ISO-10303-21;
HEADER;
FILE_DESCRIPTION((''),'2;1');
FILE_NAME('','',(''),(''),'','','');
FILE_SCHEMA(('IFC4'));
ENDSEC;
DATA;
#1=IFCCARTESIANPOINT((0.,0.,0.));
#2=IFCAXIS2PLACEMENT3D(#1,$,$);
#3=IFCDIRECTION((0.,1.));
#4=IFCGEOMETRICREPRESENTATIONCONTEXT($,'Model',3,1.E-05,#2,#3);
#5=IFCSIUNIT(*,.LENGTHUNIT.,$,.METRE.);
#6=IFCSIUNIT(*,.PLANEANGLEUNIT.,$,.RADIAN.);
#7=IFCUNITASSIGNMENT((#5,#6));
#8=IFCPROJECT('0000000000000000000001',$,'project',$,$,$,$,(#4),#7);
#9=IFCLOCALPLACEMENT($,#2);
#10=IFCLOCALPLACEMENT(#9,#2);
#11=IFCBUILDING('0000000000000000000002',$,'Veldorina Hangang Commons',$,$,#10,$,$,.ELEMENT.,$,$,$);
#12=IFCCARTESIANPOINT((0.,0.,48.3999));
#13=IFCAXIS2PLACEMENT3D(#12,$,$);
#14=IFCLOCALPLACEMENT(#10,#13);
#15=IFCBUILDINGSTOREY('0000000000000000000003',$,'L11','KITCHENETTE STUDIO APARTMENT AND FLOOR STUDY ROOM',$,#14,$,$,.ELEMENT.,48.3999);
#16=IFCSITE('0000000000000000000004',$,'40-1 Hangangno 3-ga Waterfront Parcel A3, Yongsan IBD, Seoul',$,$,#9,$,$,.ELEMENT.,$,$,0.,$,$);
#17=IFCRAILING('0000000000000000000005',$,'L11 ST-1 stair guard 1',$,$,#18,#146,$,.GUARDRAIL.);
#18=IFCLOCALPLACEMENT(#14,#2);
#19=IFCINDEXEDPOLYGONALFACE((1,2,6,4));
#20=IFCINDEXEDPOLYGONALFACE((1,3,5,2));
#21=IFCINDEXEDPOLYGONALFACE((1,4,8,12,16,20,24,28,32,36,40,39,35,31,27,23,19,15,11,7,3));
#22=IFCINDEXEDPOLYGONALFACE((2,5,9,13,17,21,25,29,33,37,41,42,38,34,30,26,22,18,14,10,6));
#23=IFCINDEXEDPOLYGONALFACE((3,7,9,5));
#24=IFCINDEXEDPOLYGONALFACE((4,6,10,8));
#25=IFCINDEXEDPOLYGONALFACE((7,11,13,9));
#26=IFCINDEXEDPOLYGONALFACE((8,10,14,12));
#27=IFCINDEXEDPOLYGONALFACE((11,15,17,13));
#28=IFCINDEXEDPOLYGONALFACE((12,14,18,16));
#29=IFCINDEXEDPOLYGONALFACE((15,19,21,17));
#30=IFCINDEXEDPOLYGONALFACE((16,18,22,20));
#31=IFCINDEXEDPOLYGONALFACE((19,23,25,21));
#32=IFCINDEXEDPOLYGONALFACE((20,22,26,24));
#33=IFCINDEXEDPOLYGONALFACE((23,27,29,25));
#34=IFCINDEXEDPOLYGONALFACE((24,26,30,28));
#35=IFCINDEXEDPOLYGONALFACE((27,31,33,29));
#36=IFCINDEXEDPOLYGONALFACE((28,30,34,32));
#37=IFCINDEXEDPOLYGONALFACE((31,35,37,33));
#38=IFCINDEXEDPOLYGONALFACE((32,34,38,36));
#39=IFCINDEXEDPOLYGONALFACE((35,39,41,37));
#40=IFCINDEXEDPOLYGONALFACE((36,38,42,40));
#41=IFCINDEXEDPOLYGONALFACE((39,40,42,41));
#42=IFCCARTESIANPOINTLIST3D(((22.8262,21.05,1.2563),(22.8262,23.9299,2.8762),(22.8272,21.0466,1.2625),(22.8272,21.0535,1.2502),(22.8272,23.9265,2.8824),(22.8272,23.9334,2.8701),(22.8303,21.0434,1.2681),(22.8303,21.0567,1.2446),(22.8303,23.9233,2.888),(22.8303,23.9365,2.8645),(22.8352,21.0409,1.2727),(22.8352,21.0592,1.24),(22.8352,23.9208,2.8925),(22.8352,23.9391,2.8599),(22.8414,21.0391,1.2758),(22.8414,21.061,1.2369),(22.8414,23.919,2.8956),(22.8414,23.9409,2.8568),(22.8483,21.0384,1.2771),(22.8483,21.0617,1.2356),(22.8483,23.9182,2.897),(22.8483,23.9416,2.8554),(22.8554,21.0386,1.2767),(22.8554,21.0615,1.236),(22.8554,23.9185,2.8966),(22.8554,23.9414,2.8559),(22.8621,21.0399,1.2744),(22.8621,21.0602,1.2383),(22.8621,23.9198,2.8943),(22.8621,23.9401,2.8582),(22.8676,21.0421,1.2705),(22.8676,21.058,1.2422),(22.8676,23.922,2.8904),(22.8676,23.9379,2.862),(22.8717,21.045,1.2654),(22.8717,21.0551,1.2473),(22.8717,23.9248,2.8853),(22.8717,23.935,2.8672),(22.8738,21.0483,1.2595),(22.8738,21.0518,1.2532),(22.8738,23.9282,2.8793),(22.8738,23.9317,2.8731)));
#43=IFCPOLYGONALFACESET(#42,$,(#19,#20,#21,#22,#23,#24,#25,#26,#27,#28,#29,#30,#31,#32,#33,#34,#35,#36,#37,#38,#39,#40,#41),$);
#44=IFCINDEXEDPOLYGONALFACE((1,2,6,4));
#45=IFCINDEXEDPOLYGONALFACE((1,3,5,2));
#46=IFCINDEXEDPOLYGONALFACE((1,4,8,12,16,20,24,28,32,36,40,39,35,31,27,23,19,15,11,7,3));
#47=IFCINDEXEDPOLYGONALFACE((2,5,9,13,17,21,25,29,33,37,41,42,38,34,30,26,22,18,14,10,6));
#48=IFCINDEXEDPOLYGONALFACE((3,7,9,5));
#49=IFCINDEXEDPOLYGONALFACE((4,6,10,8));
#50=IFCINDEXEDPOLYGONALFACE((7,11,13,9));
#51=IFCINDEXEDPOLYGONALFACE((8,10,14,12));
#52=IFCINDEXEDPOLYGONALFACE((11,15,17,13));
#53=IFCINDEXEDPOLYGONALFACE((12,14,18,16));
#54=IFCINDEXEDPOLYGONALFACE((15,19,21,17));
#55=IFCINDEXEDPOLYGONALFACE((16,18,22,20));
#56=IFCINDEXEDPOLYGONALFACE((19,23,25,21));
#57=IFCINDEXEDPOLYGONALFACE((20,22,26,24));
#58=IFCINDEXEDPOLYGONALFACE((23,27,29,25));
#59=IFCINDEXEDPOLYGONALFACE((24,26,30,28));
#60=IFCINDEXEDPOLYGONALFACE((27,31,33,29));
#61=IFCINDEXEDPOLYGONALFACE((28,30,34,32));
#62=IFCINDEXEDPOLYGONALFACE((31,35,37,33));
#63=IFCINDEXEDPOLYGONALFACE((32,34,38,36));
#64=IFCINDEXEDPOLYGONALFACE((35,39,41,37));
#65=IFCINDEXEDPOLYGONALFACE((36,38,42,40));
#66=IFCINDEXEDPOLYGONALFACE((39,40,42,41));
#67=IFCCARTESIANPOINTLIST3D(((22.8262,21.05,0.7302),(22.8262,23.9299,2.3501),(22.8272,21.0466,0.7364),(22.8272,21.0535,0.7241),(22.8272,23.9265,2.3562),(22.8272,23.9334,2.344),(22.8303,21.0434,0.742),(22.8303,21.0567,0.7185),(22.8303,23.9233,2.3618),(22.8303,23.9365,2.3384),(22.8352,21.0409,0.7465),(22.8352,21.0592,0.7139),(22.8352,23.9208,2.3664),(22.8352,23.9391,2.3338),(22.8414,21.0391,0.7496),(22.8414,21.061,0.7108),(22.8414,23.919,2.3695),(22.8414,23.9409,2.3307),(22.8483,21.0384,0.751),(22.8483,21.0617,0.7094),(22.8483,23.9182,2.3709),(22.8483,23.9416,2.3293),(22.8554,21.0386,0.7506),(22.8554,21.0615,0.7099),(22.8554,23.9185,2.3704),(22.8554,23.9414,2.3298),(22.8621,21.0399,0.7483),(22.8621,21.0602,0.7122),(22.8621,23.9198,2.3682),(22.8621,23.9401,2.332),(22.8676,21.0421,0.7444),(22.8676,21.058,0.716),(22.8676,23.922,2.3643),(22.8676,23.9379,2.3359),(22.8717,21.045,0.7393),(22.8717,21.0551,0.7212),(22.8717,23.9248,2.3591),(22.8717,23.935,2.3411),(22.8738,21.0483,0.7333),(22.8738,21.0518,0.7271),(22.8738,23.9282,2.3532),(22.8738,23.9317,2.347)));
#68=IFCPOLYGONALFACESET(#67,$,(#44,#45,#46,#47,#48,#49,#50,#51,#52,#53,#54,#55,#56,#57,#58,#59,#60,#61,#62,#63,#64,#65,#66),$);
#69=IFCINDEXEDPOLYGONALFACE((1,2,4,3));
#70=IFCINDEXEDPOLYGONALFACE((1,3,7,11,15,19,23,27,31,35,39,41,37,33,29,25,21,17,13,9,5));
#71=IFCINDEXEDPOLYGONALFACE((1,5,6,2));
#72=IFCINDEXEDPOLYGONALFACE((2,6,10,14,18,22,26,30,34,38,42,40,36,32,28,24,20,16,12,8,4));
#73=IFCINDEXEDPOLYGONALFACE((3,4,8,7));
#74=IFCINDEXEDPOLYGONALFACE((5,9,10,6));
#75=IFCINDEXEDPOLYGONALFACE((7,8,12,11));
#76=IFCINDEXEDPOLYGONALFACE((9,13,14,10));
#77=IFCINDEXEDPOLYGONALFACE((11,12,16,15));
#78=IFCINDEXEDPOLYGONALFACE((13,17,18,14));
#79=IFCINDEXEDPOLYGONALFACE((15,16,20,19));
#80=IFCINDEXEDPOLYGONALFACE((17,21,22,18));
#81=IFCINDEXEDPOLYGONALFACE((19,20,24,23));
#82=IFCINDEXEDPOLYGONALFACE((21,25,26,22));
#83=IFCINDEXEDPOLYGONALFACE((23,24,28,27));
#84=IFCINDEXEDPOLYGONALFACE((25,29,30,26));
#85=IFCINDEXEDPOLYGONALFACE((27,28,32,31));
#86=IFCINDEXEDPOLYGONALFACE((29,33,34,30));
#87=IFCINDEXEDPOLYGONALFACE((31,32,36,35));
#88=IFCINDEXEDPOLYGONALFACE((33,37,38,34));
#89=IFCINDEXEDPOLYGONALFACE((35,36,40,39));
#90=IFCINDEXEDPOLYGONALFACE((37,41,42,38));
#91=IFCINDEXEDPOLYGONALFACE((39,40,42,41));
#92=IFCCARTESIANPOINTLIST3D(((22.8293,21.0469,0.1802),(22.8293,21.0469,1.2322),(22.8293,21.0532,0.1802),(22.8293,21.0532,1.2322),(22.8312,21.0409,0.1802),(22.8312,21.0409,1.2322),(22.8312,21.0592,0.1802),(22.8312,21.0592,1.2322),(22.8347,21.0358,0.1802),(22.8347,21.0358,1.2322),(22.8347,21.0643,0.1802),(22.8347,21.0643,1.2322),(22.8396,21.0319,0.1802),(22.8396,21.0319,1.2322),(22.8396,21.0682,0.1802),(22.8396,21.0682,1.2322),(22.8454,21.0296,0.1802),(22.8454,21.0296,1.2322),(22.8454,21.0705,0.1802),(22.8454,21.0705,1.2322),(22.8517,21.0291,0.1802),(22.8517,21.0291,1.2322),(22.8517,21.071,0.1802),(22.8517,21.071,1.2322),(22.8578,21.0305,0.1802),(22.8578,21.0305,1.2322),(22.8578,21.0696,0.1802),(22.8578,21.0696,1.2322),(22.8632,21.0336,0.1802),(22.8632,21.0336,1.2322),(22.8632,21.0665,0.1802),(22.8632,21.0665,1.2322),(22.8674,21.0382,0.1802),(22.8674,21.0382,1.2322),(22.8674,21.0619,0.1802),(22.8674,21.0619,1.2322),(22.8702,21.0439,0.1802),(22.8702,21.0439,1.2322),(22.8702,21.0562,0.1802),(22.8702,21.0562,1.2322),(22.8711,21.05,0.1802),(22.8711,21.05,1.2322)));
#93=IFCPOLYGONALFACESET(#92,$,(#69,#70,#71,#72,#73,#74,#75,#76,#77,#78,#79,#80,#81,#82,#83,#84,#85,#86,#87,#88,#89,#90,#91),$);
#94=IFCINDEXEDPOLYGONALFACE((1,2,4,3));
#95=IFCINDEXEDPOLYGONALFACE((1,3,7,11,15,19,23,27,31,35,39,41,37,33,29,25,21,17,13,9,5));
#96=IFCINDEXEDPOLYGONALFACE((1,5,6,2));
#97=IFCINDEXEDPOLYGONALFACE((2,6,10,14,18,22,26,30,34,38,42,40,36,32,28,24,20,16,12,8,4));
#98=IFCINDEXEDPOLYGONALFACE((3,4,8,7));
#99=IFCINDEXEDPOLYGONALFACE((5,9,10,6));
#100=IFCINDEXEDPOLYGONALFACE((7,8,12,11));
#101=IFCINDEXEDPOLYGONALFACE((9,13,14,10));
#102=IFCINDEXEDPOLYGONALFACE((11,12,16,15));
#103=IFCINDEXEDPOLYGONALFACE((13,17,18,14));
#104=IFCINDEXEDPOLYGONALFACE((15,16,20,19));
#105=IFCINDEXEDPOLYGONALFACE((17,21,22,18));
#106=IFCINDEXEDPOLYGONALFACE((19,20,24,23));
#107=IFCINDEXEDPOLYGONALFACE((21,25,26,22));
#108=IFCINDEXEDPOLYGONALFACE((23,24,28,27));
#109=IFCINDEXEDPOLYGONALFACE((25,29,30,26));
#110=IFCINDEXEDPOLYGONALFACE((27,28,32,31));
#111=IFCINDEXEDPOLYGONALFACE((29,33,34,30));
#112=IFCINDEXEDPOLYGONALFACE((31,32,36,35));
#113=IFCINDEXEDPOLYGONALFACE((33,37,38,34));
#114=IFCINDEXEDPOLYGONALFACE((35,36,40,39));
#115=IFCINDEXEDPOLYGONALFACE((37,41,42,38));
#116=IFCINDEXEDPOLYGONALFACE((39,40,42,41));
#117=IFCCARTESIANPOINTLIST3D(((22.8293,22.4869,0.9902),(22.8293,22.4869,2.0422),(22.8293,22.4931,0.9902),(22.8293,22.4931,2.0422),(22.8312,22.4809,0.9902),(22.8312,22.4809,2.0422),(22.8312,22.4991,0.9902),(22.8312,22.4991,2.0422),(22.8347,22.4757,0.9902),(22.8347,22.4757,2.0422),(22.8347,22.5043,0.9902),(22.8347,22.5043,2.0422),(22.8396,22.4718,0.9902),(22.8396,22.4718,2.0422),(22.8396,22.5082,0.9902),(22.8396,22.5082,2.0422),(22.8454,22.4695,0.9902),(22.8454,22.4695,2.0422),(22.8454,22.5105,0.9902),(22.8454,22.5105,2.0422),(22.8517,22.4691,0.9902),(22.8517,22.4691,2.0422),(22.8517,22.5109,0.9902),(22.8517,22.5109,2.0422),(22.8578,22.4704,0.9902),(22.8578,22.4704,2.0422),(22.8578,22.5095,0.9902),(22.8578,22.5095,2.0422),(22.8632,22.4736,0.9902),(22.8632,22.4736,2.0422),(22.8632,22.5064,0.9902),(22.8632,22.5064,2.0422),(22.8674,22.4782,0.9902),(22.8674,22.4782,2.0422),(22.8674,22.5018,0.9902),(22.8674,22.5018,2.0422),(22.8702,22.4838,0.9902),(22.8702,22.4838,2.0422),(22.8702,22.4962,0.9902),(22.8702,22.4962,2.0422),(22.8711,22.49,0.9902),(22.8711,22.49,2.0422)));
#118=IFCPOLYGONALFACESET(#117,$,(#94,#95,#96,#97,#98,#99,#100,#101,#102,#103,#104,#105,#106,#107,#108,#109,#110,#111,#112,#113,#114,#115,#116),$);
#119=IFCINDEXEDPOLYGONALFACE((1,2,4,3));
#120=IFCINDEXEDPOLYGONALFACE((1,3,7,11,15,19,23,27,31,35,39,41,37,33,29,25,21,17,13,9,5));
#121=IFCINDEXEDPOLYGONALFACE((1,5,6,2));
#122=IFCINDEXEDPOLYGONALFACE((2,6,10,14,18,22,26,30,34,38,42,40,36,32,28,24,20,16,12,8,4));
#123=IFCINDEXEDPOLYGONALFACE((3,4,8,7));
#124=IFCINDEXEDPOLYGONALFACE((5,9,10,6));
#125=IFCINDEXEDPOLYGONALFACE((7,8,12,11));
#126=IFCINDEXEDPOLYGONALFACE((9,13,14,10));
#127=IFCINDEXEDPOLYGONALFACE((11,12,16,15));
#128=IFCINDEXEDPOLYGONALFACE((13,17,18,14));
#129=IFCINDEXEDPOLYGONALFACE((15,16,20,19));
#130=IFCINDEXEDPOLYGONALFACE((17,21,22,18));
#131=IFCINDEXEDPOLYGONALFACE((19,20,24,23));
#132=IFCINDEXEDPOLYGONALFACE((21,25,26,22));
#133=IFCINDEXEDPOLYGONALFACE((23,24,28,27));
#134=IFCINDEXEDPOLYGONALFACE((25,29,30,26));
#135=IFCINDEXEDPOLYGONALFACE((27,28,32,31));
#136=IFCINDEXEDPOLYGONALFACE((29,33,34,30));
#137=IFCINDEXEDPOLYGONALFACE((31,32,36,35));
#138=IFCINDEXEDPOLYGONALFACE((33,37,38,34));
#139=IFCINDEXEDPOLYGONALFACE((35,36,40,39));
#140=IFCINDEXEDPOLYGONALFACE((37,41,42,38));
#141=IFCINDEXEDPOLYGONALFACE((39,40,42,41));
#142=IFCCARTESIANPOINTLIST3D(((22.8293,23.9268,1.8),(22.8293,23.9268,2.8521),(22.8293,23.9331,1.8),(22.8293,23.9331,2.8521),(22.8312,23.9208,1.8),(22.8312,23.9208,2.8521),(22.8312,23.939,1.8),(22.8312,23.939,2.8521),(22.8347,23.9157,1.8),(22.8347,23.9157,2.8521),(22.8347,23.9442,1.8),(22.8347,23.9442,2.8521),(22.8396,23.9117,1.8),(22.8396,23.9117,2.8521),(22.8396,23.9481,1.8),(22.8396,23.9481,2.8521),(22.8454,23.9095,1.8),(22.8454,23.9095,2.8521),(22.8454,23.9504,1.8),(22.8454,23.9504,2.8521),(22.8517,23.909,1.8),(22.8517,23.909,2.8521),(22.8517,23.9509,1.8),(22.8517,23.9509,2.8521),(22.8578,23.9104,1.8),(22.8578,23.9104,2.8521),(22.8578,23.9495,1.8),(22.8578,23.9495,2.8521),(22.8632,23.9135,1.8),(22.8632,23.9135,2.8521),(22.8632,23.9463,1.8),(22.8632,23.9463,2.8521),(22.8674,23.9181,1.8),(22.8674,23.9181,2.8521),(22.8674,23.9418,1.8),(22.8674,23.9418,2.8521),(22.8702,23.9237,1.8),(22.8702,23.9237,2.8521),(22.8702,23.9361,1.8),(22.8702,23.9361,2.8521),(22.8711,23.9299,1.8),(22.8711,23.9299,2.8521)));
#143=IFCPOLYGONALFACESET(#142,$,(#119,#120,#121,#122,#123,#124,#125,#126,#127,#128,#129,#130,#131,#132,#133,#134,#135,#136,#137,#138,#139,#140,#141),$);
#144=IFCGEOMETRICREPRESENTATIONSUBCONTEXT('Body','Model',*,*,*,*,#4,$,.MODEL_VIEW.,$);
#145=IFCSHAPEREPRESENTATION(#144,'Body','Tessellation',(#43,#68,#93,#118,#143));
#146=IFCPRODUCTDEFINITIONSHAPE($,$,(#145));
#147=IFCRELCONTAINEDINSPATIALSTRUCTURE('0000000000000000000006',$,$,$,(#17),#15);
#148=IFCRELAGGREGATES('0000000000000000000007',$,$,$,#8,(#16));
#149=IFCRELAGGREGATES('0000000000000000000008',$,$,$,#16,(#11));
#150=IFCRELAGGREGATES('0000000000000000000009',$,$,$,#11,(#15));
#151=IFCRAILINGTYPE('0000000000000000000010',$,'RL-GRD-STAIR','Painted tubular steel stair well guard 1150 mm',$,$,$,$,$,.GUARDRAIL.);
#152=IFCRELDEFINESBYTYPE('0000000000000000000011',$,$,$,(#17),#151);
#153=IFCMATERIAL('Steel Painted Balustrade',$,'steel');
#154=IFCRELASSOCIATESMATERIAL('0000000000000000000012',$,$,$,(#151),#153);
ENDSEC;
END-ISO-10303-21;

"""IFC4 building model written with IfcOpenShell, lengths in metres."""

from ifc_helpers import new_model, si_unit, direction, frame, origin, origin_2d, place, context, subcontext, project, spatial, circle, extrude, material, type_object, element, save


model = new_model("IFC4")

# Units and contexts
model_context = context("Model", 3, precision=1e-05, world=origin(), true_north=direction((0.0, 1.0)))
body_context = subcontext(model_context, "Body", "Model", "MODEL_VIEW")
ifc_project = project(units=[si_unit("LENGTHUNIT", "METRE"), si_unit("PLANEANGLEUNIT", "RADIAN")], contexts=[model_context])

# Site, building, storey
site_placement = place(None, origin())
site = spatial("IfcSite", under=ifc_project, at=site_placement, Name="40-1 Hangangno 3-ga Waterfront Parcel A3, Yongsan IBD, Seoul", CompositionType="ELEMENT", RefElevation=0.0)
building_placement = place(site_placement, origin())
building = spatial("IfcBuilding", under=site, at=building_placement, Name="Veldorina Hangang Commons", CompositionType="ELEMENT")
storey_placement = place(building_placement, frame((0.0, 0.0, 48.3999)))
storey = spatial("IfcBuildingStorey", under=building, at=storey_placement, Name="L11", Description="KITCHENETTE STUDIO APARTMENT AND FLOOR STUDY ROOM", CompositionType="ELEMENT", Elevation=48.3999)

# Railing
ifc_material_1 = material(Name="Steel Painted Balustrade", Category="steel")
railing_type_1 = type_object("IfcRailingType", Name="RL-GRD-STAIR", Description="Painted tubular steel stair well guard 1150 mm", PredefinedType="GUARDRAIL", material=ifc_material_1)
railing_1_placement = place(storey_placement, frame((22.8501, 21.05, 0.1802)))
element("IfcRailing", 1, at=railing_1_placement, inside=storey, type_object=railing_type_1, Name="L11 ST-1 stair guard 1", PredefinedType="GUARDRAIL", context=body_context, shape_type="SweptSolid", body=[
    extrude(circle(Radius=0.0239, at=origin_2d()), frame((0.0, 0.0, 1.0762), z_axis=(0.0, 0.871583, 0.490247), x_axis=(-1.0, 0.0, 0.0)), (0.0, 0.0, 1.0), 3.3042),
    extrude(circle(Radius=0.0239, at=origin_2d()), frame((0.0, 0.0, 0.55), z_axis=(0.0, 0.871583, 0.490247), x_axis=(-1.0, 0.0, 0.0)), (0.0, 0.0, 1.0), 3.3042),
    extrude(circle(Radius=0.021, at=origin_2d()), origin(), (0.0, 0.0, 1.0), 1.052),
    extrude(circle(Radius=0.021, at=origin_2d()), frame((0.0, 1.4399, 0.8101)), (0.0, 0.0, 1.0), 1.052),
    extrude(circle(Radius=0.021, at=origin_2d()), frame((0.0, 2.8799, 1.6199)), (0.0, 0.0, 1.0), 1.052),
])

save(model, "model.ifc")
